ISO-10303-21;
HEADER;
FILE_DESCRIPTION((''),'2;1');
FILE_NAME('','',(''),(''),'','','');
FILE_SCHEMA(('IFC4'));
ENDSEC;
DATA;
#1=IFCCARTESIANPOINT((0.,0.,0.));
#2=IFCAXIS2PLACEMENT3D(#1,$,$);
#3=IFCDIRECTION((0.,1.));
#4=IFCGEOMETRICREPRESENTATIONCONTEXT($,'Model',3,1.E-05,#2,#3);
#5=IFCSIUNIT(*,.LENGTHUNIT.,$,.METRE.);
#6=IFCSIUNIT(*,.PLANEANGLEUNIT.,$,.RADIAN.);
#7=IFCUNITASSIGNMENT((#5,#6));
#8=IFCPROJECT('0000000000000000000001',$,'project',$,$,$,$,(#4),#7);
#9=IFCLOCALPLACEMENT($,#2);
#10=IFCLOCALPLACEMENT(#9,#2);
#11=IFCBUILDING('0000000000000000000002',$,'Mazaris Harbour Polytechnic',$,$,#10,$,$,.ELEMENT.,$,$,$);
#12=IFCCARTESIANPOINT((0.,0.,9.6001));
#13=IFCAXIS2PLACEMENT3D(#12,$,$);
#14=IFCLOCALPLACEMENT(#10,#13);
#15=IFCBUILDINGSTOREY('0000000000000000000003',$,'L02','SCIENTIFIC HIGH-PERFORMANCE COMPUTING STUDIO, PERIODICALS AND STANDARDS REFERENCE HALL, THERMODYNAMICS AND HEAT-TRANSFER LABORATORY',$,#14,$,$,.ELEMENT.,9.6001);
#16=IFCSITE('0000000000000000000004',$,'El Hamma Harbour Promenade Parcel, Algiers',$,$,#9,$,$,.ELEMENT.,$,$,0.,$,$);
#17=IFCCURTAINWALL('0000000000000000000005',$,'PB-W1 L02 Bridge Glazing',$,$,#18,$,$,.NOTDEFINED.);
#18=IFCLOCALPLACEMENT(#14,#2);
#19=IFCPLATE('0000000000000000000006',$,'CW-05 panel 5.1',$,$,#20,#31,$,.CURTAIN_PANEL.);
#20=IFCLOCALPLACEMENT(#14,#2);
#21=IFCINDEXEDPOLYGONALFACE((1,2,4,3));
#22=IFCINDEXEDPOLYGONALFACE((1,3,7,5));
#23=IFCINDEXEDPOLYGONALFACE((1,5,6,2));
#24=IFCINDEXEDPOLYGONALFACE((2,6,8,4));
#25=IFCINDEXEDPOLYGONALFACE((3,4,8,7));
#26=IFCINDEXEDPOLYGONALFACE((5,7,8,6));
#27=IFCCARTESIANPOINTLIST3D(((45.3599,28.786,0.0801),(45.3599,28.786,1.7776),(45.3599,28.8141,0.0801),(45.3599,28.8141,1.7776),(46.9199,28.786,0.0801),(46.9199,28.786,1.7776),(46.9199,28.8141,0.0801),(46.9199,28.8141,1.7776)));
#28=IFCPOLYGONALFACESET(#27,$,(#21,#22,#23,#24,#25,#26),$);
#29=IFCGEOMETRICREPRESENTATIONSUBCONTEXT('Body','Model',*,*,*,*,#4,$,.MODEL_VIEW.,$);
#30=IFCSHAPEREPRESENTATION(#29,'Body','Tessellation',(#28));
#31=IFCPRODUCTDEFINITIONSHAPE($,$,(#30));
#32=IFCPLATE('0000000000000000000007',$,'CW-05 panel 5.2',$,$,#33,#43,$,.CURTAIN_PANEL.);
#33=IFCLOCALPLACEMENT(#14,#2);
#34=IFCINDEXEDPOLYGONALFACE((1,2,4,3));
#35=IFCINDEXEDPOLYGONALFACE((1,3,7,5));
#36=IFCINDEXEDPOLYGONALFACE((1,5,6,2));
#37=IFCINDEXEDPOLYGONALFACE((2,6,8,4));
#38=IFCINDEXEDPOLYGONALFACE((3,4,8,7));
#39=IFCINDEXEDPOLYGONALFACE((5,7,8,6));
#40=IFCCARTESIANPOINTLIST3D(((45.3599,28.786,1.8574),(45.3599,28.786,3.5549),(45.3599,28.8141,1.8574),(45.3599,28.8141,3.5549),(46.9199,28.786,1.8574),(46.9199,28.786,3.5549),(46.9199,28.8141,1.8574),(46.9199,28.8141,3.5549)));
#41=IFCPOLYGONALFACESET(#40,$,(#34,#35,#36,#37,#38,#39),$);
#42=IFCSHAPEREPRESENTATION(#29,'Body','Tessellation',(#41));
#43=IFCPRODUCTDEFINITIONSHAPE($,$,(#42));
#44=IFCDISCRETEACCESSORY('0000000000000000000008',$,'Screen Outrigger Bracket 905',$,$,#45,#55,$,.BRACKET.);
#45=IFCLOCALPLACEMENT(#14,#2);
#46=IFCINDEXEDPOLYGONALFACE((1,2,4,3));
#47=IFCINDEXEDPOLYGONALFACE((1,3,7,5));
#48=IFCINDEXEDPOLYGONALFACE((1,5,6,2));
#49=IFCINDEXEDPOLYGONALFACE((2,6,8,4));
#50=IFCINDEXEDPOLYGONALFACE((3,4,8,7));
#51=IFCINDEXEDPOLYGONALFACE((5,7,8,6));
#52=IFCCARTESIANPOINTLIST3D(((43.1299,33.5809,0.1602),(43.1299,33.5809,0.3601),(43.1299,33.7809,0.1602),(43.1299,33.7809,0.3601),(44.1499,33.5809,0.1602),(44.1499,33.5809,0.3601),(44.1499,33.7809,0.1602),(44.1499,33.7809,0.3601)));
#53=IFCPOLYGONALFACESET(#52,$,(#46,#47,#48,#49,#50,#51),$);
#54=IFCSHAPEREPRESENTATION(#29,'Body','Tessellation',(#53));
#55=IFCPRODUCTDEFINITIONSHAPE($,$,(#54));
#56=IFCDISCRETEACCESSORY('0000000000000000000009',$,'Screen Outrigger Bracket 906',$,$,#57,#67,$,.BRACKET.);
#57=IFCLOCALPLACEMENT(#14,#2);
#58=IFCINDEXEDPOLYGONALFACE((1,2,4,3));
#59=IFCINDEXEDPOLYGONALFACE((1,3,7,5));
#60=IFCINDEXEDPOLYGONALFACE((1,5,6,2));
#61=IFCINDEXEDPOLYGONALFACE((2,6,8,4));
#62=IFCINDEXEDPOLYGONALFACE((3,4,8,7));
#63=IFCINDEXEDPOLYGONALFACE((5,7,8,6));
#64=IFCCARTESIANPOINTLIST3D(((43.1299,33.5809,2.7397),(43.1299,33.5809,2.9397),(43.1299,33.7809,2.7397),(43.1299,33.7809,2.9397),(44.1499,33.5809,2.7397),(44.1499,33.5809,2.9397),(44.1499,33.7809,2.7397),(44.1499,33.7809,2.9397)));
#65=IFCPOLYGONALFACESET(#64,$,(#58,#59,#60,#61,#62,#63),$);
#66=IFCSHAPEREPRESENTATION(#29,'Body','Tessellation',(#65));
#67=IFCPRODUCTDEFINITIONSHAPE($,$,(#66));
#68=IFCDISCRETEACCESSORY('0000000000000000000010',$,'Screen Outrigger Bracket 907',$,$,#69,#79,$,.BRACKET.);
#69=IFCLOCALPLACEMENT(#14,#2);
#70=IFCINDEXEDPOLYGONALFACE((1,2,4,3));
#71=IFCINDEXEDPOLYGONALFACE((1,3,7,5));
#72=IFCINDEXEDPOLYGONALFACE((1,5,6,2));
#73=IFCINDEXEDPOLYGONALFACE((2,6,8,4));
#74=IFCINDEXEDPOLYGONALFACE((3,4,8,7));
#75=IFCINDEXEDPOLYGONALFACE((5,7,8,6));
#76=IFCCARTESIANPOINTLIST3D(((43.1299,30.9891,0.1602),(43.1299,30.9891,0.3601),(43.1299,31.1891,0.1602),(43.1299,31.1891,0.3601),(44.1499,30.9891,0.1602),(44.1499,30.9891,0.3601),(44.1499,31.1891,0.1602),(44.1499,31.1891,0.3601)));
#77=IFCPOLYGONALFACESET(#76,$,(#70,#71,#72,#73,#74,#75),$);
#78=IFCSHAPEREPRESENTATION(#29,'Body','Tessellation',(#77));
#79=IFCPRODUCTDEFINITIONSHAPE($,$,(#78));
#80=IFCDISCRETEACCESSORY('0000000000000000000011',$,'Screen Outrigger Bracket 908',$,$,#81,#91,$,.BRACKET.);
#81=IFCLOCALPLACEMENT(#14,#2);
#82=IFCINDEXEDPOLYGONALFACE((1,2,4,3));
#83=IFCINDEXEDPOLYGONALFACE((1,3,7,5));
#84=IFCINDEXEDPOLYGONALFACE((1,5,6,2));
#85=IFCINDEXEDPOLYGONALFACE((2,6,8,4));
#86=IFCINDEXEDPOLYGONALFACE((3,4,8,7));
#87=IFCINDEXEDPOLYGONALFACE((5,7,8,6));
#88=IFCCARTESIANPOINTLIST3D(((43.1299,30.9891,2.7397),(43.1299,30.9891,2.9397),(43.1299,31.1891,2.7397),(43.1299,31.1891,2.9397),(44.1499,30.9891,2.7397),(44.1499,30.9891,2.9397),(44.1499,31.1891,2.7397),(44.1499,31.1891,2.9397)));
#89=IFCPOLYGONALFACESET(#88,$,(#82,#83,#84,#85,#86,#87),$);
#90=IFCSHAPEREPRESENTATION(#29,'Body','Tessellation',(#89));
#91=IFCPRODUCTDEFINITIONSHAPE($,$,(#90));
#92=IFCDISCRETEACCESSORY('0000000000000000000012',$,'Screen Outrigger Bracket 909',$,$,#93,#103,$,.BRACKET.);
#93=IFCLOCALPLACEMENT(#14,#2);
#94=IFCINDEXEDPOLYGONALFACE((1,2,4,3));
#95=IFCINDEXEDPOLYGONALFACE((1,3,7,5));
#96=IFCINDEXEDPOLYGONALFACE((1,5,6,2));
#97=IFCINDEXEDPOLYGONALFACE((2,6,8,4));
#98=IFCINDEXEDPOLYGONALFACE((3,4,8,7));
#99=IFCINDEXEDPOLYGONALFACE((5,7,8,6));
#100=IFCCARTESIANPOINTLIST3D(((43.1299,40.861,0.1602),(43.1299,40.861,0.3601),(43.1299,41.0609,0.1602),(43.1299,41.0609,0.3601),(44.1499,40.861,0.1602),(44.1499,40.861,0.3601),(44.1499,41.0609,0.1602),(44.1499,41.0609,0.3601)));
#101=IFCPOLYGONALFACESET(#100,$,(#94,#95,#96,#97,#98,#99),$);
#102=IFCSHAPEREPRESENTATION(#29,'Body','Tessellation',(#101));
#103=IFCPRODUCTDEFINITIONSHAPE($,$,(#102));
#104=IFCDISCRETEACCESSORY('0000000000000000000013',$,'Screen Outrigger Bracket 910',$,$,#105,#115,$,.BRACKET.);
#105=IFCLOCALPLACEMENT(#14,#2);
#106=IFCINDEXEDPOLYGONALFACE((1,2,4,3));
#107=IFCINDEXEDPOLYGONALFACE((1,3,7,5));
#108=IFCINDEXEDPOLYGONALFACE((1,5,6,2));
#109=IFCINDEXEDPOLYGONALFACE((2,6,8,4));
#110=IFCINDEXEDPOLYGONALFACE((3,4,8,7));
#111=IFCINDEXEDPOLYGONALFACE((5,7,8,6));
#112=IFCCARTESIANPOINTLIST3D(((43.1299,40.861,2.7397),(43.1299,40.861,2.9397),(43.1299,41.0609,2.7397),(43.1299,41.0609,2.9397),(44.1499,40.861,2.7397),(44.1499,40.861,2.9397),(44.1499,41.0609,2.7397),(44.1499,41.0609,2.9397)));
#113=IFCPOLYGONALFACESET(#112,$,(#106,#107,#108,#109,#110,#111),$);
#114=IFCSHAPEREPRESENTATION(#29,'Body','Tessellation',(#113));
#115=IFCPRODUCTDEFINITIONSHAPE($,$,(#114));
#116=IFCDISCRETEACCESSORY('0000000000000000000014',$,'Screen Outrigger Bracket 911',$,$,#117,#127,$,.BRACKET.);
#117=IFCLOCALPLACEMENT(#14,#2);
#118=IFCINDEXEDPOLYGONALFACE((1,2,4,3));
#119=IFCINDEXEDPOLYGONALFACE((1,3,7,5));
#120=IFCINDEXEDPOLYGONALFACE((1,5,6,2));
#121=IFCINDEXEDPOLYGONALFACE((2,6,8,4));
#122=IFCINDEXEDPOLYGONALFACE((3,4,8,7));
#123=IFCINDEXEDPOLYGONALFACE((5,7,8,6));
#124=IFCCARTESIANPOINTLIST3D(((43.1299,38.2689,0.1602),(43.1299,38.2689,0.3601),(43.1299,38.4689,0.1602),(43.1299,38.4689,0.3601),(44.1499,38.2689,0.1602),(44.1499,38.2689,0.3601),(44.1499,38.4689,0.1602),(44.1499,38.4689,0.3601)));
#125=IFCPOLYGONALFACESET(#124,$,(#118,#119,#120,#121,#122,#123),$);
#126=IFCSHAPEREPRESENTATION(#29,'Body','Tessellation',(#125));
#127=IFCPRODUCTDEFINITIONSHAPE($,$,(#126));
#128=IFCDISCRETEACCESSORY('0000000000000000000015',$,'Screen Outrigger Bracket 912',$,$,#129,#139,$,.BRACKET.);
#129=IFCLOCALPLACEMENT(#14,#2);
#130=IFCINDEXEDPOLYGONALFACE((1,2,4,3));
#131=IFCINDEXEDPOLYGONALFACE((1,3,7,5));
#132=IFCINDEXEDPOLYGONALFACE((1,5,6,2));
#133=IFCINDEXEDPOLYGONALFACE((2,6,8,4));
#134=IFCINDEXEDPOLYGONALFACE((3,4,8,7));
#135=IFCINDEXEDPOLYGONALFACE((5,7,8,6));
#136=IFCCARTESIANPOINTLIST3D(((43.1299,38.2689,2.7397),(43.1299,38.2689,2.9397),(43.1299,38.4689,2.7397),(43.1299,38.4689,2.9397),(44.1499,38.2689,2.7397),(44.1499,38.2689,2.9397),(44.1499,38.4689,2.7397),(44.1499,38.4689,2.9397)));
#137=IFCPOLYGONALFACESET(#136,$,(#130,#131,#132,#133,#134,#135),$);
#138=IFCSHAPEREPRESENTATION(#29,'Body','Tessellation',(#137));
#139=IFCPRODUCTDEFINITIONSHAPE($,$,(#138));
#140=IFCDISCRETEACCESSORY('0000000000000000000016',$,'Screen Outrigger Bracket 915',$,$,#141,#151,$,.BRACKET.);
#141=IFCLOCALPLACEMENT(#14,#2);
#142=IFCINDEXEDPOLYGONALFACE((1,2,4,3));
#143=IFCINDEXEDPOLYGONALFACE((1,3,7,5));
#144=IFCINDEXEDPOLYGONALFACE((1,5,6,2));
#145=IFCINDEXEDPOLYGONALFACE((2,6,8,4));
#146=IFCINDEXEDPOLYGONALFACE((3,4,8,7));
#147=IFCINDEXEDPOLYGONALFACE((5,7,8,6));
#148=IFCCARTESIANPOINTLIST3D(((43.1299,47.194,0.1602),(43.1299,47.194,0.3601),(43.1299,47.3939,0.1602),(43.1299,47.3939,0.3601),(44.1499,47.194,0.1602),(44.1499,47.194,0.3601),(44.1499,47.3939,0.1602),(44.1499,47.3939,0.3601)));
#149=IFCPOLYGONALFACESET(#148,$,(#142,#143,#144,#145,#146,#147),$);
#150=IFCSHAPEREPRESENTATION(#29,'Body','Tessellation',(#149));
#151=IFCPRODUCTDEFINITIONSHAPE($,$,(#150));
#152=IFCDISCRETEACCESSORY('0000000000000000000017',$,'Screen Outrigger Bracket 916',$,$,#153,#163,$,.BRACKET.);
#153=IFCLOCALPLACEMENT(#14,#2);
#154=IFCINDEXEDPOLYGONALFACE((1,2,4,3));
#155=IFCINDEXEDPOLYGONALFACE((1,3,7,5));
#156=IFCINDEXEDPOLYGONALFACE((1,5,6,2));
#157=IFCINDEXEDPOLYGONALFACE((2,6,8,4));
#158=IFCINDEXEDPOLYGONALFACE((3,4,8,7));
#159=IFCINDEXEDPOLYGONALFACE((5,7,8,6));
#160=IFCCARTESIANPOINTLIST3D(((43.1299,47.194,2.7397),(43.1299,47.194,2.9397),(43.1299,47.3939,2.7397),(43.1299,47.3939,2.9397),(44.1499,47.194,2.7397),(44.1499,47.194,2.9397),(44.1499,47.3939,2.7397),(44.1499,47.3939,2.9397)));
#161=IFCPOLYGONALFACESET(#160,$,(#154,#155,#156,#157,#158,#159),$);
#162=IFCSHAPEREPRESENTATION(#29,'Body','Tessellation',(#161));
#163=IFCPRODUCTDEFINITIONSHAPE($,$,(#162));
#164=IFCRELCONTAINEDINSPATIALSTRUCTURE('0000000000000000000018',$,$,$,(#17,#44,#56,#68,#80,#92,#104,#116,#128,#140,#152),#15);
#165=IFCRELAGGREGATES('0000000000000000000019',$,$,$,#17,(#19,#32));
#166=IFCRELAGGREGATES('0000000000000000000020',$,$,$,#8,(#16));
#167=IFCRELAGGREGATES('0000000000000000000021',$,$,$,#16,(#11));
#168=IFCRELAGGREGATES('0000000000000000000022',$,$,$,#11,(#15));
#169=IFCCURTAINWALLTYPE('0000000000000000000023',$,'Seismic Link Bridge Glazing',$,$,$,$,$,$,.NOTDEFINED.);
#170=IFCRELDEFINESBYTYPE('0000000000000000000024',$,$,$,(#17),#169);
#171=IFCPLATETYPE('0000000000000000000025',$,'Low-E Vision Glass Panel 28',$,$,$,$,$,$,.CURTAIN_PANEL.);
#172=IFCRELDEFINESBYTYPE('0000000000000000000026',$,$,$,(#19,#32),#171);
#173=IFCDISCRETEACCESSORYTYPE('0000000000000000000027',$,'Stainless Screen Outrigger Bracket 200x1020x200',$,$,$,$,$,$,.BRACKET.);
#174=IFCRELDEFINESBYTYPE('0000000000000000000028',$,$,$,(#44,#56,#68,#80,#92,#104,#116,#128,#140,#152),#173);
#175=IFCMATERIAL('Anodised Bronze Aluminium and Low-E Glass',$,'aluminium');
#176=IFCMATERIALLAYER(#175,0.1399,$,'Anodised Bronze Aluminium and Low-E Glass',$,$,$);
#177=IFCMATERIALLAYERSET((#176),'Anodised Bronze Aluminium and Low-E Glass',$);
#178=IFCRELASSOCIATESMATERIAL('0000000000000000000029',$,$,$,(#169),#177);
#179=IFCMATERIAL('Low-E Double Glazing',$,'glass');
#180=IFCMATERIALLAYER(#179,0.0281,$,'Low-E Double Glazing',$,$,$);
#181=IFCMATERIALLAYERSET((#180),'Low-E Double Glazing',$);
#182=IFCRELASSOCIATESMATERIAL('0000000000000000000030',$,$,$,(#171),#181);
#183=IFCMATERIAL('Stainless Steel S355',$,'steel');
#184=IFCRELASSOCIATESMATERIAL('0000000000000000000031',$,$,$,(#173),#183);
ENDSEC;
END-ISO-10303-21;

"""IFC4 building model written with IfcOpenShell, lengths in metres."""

from ifc_helpers import new_model, si_unit, direction, frame, origin, origin_2d, place, context, subcontext, project, spatial, rectangle, extrude, material, layer, layer_set, type_object, element, aggregate, save


model = new_model("IFC4")

# Units and contexts
model_context = context("Model", 3, precision=1e-05, world=origin(), true_north=direction((0.0, 1.0)))
body_context = subcontext(model_context, "Body", "Model", "MODEL_VIEW")
ifc_project = project(units=[si_unit("LENGTHUNIT", "METRE"), si_unit("PLANEANGLEUNIT", "RADIAN")], contexts=[model_context])

# Site, building, storey
site_placement = place(None, origin())
site = spatial("IfcSite", under=ifc_project, at=site_placement, Name="El Hamma Harbour Promenade Parcel, Algiers", CompositionType="ELEMENT", RefElevation=0.0)
building_placement = place(site_placement, origin())
building = spatial("IfcBuilding", under=site, at=building_placement, Name="Mazaris Harbour Polytechnic", CompositionType="ELEMENT")
storey_placement = place(building_placement, frame((0.0, 0.0, 9.6001)))
storey = spatial("IfcBuildingStorey", under=building, at=storey_placement, Name="L02", Description="SCIENTIFIC HIGH-PERFORMANCE COMPUTING STUDIO, PERIODICALS AND STANDARDS REFERENCE HALL, THERMODYNAMICS AND HEAT-TRANSFER LABORATORY", CompositionType="ELEMENT", Elevation=9.6001)

# Curtain wall
ifc_material_1 = material(Name="Anodised Bronze Aluminium and Low-E Glass", Category="aluminium")
ifc_layer_1 = layer(ifc_material_1, 0.1399, Name="Anodised Bronze Aluminium and Low-E Glass")
ifc_layer_set_1 = layer_set([ifc_layer_1], Name="Anodised Bronze Aluminium and Low-E Glass")
curtain_wall_type_1 = type_object("IfcCurtainWallType", Name="Seismic Link Bridge Glazing", PredefinedType="NOTDEFINED", material=ifc_layer_set_1)
curtain_wall_1_placement = place(storey_placement, origin())
curtain_wall_1 = element("IfcCurtainWall", 1, at=curtain_wall_1_placement, inside=storey, type_object=curtain_wall_type_1, Name="PB-W1 L02 Bridge Glazing", PredefinedType="NOTDEFINED")

# Plates
ifc_material_2 = material(Name="Low-E Double Glazing", Category="glass")
ifc_layer_2 = layer(ifc_material_2, 0.0281, Name="Low-E Double Glazing")
ifc_layer_set_2 = layer_set([ifc_layer_2], Name="Low-E Double Glazing")
plate_type = type_object("IfcPlateType", Name="Low-E Vision Glass Panel 28", PredefinedType="CURTAIN_PANEL", material=ifc_layer_set_2)
plate_1_placement = place(storey_placement, frame((46.1399, 28.8, 0.0801), z_axis=(0.0, 0.0, 1.0), x_axis=(-1.0, 0.0, 0.0)))
plate_1 = element("IfcPlate", 2, at=plate_1_placement, type_object=plate_type, Name="CW-05 panel 5.1", PredefinedType="CURTAIN_PANEL", context=body_context, shape_type="SweptSolid", body=[
    extrude(rectangle(XDim=1.5601, YDim=0.0281, at=origin_2d()), origin(), (0.0, 0.0, 1.0), 1.6975),
])
plate_2_placement = place(storey_placement, frame((46.1399, 28.8, 1.8574), z_axis=(0.0, 0.0, 1.0), x_axis=(-1.0, 0.0, 0.0)))
plate_2 = element("IfcPlate", 3, at=plate_2_placement, type_object=plate_type, Name="CW-05 panel 5.2", PredefinedType="CURTAIN_PANEL", context=body_context, shape_type="SweptSolid", body=[
    extrude(rectangle(XDim=1.5601, YDim=0.0281, at=origin_2d()), origin(), (0.0, 0.0, 1.0), 1.6975),
])
aggregate(curtain_wall_1, [plate_1, plate_2])

# Discrete accessories
ifc_material_3 = material(Name="Stainless Steel S355", Category="steel")
discrete_accessory_type = type_object("IfcDiscreteAccessoryType", Name="Stainless Screen Outrigger Bracket 200x1020x200", PredefinedType="BRACKET", material=ifc_material_3)
for number, where, z_axis, x_axis, name in (
    (4, (43.6399, 33.6809, 0.1602), (0.0, 0.0, 1.0), (0.0, -1.0, 0.0), "Screen Outrigger Bracket 905"),
    (5, (43.6399, 33.6809, 2.7397), (0.0, 0.0, 1.0), (0.0, -1.0, 0.0), "Screen Outrigger Bracket 906"),
    (6, (43.6399, 31.0891, 0.1602), (0.0, 0.0, 1.0), (0.0, -1.0, 0.0), "Screen Outrigger Bracket 907"),
    (7, (43.6399, 31.0891, 2.7397), (0.0, 0.0, 1.0), (0.0, -1.0, 0.0), "Screen Outrigger Bracket 908"),
    (8, (43.6399, 40.9609, 0.1602), (0.0, 0.0, 1.0), (0.0, -1.0, 0.0), "Screen Outrigger Bracket 909"),
    (9, (43.6399, 40.9609, 2.7397), (0.0, 0.0, 1.0), (0.0, -1.0, 0.0), "Screen Outrigger Bracket 910"),
    (10, (43.6399, 38.3689, 0.1602), (0.0, 0.0, 1.0), (0.0, -1.0, 0.0), "Screen Outrigger Bracket 911"),
    (11, (43.6399, 38.3689, 2.7397), (0.0, 0.0, 1.0), (0.0, -1.0, 0.0), "Screen Outrigger Bracket 912"),
    (12, (43.6399, 47.2939, 0.1602), (0.0, 0.0, 1.0), (0.0, -1.0, 0.0), "Screen Outrigger Bracket 915"),
    (13, (43.6399, 47.2939, 2.7397), (0.0, 0.0, 1.0), (0.0, -1.0, 0.0), "Screen Outrigger Bracket 916"),
):
    element("IfcDiscreteAccessory", number, at=place(storey_placement, frame(where, z_axis=z_axis, x_axis=x_axis)), inside=storey, type_object=discrete_accessory_type, Name=name, PredefinedType="BRACKET", context=body_context, shape_type="SweptSolid", body=[
        extrude(rectangle(XDim=0.2, YDim=1.02, at=origin_2d()), origin(), (0.0, 0.0, 1.0), 0.2),
    ])

save(model, "model.ifc")
